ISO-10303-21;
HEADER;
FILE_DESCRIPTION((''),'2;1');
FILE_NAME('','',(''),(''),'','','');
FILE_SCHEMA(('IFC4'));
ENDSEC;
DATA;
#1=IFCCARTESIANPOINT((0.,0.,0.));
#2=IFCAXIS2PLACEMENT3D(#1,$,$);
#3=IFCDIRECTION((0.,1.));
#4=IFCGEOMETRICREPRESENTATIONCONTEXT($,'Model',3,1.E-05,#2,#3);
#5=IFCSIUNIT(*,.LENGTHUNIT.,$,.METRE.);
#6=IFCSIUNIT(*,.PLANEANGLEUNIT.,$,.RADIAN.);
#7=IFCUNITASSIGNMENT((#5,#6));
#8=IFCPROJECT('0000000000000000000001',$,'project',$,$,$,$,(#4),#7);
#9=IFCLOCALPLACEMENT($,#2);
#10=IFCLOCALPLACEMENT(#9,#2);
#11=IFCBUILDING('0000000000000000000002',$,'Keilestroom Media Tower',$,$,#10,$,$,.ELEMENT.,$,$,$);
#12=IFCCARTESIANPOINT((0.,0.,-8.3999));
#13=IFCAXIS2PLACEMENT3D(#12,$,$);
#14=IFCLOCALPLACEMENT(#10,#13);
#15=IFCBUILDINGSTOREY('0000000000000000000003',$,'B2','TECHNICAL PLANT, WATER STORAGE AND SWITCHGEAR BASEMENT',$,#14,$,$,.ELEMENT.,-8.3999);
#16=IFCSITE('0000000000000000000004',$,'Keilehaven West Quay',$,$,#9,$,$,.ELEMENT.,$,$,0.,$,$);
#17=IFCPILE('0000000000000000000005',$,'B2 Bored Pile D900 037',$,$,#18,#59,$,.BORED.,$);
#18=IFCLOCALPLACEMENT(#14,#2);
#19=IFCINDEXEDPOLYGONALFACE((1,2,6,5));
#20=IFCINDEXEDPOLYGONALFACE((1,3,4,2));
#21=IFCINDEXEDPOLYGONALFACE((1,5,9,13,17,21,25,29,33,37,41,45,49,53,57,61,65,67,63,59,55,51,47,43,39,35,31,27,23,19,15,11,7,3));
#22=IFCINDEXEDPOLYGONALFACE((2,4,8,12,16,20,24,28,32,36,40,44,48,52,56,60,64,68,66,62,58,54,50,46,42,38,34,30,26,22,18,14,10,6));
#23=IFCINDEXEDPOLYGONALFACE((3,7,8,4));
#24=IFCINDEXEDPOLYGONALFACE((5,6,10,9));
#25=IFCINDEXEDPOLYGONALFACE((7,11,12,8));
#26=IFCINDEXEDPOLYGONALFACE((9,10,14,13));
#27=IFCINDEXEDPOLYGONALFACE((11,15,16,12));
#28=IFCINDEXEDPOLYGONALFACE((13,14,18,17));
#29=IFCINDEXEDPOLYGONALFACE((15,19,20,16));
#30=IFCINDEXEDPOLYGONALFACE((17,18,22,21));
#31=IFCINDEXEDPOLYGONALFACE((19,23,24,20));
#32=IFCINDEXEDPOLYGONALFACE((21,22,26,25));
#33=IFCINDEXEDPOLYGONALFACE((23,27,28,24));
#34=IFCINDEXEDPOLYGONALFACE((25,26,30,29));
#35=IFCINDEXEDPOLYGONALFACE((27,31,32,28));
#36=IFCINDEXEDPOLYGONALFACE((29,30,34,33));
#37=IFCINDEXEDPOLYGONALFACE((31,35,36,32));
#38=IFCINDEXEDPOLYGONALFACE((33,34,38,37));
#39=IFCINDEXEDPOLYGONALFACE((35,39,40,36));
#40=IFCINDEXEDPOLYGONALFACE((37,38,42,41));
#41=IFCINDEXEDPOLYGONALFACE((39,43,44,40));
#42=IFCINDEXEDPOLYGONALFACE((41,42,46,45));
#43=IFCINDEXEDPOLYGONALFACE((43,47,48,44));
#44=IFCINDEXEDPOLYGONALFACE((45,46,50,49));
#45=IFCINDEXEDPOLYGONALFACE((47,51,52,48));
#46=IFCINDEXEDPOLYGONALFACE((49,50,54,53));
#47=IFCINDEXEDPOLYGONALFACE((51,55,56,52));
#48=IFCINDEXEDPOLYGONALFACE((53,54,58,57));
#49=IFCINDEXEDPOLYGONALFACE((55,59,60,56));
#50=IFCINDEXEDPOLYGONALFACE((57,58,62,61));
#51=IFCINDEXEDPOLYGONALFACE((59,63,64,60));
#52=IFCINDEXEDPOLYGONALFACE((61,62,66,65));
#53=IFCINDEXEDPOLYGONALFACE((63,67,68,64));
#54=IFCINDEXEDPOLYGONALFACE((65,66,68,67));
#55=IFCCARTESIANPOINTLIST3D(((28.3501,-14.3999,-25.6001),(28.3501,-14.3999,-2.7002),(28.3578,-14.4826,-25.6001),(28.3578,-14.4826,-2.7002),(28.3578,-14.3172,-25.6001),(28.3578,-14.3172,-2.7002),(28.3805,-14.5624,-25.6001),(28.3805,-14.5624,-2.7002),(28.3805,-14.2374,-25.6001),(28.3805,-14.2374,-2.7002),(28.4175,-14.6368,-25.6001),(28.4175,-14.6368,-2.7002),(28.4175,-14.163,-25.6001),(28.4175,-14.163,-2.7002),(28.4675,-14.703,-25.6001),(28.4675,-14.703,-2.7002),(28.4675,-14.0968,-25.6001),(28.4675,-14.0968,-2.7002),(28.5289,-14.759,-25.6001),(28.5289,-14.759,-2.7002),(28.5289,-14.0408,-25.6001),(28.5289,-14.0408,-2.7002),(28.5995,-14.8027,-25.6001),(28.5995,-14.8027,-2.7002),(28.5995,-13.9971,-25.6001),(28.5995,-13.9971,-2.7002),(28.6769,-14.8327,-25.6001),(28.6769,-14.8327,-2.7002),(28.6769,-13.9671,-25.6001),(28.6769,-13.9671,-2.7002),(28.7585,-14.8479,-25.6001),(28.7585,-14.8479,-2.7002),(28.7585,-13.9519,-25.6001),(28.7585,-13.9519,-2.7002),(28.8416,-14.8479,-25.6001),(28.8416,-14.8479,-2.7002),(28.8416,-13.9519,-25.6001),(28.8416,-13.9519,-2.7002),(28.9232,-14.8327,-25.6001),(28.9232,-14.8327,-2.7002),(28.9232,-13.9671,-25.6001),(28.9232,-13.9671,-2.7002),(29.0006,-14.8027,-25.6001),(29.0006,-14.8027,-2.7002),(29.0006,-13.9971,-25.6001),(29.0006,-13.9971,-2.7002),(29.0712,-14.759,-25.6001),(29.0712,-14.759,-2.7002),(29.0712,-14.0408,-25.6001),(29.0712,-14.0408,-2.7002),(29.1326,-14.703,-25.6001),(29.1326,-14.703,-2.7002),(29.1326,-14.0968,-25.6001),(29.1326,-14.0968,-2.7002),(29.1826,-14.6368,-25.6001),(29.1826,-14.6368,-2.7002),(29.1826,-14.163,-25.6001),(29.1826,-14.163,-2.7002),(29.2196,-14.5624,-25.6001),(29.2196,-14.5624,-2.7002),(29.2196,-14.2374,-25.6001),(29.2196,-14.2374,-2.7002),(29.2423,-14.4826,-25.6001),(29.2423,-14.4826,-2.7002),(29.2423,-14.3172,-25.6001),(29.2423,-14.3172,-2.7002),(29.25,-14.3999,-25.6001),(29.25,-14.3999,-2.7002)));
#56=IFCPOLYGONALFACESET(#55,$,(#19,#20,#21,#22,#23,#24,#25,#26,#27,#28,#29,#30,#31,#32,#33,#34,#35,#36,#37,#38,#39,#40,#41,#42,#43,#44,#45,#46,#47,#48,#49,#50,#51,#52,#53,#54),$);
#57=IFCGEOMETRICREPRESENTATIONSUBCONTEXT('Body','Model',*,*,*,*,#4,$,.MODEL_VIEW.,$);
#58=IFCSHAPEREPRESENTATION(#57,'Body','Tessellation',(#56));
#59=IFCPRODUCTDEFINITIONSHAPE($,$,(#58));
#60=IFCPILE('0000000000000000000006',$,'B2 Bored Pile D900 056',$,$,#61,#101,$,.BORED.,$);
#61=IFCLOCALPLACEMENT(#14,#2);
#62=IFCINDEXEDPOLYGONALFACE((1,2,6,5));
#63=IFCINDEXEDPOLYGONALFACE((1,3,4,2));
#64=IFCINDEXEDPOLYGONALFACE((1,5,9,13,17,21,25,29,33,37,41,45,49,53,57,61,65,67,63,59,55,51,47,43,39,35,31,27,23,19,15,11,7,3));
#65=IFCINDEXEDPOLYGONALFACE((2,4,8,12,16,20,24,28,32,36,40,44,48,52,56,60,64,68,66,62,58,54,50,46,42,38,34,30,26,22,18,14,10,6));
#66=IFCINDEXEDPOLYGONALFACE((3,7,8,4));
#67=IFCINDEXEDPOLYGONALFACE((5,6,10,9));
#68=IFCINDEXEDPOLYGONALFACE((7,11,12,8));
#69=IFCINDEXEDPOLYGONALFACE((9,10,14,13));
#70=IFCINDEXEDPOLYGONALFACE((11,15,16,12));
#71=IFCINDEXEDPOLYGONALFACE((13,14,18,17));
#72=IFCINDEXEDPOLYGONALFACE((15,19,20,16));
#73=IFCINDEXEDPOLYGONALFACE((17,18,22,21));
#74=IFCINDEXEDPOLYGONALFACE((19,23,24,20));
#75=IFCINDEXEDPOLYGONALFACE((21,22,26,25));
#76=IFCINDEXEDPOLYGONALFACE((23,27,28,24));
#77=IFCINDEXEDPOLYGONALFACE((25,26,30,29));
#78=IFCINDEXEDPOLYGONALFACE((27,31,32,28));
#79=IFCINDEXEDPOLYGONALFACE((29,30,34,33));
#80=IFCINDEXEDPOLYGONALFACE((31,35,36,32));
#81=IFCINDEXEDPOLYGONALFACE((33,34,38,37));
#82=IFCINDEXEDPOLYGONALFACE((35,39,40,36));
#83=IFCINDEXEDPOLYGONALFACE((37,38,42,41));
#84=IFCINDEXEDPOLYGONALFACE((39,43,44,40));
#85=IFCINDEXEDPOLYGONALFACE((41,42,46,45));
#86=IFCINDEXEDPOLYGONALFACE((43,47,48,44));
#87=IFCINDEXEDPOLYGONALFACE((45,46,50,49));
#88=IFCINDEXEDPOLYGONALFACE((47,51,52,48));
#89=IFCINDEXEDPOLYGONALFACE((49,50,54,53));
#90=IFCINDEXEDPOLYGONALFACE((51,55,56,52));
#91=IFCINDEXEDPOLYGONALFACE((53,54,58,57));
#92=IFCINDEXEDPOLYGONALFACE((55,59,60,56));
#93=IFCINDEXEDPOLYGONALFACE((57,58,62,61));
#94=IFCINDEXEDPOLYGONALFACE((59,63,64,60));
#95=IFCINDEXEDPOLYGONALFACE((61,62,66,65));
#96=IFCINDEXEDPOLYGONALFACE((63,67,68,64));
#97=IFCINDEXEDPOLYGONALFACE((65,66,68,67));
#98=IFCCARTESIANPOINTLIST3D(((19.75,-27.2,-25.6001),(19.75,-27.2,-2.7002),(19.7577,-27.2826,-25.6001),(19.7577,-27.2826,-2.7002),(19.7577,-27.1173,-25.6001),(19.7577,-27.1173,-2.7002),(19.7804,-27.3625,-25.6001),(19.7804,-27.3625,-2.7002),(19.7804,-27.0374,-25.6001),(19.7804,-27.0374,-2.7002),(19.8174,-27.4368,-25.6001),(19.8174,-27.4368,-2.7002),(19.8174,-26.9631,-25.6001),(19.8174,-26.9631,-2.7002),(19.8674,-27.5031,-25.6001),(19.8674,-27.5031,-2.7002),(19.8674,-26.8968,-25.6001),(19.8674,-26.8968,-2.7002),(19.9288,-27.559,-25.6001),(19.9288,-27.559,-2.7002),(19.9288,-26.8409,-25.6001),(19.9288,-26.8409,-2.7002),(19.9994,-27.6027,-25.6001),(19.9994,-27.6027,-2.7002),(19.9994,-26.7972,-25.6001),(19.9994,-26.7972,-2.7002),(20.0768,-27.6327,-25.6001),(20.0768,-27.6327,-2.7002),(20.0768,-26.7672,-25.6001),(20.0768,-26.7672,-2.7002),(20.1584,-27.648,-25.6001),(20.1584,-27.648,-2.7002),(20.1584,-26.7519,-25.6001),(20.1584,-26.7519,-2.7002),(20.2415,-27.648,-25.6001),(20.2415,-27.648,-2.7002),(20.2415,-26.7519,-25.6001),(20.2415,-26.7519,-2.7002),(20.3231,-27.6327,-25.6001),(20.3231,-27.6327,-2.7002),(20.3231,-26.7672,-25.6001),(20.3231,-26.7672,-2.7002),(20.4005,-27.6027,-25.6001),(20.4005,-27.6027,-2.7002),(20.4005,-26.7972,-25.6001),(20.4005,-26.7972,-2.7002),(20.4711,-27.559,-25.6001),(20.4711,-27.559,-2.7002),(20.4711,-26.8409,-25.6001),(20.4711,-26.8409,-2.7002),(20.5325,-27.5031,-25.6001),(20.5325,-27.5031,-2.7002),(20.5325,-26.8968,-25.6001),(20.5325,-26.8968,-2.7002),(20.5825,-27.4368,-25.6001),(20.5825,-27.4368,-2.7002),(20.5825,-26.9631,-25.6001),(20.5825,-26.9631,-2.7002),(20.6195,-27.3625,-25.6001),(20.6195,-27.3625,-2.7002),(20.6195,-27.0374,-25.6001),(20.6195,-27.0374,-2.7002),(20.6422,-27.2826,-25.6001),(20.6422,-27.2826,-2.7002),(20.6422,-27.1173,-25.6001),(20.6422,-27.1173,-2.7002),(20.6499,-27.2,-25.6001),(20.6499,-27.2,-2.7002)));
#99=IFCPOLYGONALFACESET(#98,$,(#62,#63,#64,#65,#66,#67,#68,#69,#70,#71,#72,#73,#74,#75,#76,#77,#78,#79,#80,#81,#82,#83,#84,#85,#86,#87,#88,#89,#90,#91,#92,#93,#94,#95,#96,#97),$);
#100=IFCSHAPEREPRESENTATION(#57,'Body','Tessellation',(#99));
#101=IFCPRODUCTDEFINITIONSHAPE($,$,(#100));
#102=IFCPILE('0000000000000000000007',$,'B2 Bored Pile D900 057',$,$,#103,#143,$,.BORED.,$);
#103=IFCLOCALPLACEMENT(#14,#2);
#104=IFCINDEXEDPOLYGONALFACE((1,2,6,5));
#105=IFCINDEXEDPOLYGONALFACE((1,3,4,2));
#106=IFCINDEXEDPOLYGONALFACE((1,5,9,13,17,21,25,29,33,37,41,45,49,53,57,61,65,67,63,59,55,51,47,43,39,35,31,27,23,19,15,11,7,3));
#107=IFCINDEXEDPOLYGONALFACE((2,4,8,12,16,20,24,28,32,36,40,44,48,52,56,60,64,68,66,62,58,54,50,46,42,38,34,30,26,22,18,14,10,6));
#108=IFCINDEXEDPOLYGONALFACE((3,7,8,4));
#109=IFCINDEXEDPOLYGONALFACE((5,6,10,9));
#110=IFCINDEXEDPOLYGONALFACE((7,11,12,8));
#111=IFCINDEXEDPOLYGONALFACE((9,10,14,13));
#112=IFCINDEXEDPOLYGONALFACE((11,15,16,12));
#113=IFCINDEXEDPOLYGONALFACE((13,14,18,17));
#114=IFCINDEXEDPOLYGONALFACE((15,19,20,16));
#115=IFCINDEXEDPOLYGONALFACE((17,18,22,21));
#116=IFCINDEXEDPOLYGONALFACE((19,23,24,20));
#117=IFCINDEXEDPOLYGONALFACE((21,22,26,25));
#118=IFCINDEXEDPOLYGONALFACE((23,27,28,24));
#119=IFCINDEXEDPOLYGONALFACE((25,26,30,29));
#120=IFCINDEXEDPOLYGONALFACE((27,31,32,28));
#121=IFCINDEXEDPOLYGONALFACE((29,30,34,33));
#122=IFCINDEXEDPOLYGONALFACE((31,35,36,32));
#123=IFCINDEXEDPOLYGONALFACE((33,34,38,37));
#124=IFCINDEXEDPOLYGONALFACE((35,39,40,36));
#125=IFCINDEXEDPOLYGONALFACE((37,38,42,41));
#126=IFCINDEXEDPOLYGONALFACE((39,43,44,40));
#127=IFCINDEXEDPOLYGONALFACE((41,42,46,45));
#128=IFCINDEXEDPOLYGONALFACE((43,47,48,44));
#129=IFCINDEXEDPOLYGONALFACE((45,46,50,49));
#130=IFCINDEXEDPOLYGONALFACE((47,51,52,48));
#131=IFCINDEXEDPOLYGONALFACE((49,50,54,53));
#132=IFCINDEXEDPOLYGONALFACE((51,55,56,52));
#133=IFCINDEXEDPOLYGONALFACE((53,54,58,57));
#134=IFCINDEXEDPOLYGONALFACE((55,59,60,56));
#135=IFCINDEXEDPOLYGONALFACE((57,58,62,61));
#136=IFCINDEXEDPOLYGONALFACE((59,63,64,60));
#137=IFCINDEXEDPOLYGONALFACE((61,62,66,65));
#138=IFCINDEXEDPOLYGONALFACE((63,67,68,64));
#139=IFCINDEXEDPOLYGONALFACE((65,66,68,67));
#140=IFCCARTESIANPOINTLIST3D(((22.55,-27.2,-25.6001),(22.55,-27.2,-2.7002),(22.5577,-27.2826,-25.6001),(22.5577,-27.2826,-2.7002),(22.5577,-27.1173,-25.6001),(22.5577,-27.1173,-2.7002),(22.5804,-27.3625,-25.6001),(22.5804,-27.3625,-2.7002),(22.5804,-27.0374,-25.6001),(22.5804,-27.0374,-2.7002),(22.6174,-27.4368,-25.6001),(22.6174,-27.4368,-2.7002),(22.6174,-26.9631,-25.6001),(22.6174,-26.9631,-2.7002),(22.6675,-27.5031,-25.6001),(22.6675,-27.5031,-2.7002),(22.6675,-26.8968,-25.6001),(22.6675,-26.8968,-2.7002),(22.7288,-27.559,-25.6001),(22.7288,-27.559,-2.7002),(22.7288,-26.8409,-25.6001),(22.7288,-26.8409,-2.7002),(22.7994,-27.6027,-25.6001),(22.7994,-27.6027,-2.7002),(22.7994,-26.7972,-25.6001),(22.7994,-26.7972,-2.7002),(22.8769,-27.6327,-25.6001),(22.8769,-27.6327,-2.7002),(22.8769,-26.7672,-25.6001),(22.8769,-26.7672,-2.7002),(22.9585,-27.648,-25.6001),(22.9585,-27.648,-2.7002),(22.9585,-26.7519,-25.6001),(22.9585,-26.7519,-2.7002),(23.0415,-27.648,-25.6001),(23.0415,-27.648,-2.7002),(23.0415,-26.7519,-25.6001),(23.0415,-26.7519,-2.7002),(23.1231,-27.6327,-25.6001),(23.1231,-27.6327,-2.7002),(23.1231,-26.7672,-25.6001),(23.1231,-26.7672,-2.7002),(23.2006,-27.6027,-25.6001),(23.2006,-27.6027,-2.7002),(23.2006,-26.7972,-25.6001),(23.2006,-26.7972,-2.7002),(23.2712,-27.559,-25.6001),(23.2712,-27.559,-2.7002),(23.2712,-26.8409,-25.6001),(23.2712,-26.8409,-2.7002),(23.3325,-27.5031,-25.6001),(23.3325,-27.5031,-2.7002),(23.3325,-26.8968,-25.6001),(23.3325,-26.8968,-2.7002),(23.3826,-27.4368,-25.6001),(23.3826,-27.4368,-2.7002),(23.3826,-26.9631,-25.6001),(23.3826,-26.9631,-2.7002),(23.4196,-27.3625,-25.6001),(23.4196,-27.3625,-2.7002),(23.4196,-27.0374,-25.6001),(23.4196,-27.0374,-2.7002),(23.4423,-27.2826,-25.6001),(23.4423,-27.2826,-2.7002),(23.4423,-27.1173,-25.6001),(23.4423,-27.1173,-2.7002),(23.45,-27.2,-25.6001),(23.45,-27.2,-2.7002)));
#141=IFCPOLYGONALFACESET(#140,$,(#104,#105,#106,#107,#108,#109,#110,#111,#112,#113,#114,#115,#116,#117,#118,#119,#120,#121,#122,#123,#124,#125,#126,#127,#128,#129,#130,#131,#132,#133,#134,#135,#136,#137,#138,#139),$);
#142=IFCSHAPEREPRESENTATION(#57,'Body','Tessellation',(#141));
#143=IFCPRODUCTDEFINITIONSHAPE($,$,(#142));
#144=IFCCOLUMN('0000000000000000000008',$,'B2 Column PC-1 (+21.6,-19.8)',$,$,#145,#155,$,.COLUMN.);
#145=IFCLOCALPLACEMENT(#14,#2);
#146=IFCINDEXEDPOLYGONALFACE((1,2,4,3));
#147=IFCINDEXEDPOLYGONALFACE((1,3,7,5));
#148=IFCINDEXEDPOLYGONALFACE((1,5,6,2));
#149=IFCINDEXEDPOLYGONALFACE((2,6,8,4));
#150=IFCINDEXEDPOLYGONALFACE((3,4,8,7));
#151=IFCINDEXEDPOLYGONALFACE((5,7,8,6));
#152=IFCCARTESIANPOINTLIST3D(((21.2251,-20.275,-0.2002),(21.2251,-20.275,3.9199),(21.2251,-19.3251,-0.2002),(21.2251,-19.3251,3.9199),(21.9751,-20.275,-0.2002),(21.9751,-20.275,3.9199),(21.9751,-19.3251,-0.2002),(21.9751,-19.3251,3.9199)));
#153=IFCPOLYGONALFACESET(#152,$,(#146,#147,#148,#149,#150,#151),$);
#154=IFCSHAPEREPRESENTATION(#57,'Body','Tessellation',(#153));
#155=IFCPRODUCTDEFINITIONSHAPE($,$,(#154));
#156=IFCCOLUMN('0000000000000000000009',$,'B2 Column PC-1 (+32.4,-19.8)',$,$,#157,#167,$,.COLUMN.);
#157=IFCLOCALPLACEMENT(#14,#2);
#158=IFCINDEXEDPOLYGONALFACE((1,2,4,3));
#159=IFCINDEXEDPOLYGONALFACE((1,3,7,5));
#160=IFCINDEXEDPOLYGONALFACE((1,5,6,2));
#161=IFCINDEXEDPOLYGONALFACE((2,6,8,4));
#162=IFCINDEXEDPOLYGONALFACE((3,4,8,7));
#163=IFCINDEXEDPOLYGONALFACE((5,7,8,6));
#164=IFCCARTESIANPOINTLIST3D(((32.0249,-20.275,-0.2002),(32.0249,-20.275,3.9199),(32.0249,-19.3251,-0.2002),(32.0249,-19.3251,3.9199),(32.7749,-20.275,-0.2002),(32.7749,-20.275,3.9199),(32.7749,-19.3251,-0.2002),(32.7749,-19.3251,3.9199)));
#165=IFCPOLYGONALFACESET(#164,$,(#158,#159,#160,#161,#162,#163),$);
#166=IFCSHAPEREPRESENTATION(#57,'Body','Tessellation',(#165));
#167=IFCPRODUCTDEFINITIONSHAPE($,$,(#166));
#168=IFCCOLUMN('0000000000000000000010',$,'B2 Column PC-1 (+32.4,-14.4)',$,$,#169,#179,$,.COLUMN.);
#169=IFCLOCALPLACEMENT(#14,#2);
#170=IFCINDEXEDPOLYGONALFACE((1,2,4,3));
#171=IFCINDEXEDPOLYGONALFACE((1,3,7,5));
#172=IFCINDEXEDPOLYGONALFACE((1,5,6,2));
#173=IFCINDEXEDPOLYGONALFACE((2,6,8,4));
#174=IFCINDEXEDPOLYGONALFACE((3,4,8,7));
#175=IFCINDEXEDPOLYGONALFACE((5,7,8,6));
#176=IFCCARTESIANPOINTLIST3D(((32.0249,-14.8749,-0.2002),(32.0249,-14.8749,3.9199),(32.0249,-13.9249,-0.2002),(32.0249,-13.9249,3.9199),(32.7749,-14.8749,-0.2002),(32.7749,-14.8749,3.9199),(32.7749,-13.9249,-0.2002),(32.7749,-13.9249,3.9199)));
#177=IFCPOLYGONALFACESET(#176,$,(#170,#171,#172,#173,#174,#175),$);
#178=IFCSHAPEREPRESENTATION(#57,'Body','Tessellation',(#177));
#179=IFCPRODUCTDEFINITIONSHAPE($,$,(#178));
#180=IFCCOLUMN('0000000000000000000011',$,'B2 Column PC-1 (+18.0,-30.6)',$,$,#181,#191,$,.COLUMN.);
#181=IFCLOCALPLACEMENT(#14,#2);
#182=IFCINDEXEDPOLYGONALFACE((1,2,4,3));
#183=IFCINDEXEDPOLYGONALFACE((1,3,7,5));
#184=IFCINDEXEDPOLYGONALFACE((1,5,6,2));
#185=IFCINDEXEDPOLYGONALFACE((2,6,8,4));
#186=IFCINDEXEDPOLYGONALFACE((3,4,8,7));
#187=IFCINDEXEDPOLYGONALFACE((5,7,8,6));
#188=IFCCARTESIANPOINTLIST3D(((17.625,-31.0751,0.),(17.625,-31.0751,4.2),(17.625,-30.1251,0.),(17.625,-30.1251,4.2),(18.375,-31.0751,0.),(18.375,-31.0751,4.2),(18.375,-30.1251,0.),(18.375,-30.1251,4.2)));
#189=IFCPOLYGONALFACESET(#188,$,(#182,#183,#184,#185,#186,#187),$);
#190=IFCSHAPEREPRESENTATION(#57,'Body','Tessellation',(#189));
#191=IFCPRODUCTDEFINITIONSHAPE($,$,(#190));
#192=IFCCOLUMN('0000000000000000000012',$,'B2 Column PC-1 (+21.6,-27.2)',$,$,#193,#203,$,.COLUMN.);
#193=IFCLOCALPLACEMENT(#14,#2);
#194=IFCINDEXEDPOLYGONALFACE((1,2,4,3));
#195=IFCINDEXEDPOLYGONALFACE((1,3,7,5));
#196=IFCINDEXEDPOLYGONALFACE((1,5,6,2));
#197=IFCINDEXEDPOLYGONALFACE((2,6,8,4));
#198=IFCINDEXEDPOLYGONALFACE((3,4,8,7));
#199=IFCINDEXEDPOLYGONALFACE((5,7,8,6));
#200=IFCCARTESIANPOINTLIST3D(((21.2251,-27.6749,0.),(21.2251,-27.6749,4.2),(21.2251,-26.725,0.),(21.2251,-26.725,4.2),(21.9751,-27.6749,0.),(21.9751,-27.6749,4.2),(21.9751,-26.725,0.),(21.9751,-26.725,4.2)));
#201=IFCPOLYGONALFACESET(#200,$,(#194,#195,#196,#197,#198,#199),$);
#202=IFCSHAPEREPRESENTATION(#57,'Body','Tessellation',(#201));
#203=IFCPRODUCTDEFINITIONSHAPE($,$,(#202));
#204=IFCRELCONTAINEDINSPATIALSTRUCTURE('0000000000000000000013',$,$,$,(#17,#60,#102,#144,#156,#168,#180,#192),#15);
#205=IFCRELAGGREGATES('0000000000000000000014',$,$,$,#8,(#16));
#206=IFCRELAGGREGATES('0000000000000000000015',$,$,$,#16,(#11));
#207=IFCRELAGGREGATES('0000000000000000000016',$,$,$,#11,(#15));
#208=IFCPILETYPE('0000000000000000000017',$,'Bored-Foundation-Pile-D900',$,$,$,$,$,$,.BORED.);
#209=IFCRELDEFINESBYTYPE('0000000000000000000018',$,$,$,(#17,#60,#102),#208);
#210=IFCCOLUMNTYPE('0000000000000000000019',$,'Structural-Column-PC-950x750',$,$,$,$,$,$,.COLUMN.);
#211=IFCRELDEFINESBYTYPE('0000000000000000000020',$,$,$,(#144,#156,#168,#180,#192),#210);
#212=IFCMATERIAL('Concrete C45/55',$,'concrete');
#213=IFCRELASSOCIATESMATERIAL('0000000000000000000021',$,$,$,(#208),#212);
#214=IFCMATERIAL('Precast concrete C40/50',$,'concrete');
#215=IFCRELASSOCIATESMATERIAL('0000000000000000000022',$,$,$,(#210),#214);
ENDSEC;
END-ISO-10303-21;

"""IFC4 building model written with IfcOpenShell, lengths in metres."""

from ifc_helpers import new_model, si_unit, direction, frame, origin, origin_2d, place, context, subcontext, project, spatial, rectangle, circle, extrude, source, transform, mapped, material, material_profile, profile_set, type_object, element, save


model = new_model("IFC4")

# Units and contexts
model_context = context("Model", 3, precision=1e-05, world=origin(), true_north=direction((0.0, 1.0)))
body_context = subcontext(model_context, "Body", "Model", "MODEL_VIEW")
ifc_project = project(units=[si_unit("LENGTHUNIT", "METRE"), si_unit("PLANEANGLEUNIT", "RADIAN")], contexts=[model_context])

# Site, building, storey
site_placement = place(None, origin())
site = spatial("IfcSite", under=ifc_project, at=site_placement, Name="Keilehaven West Quay", CompositionType="ELEMENT", RefElevation=0.0)
building_placement = place(site_placement, origin())
building = spatial("IfcBuilding", under=site, at=building_placement, Name="Keilestroom Media Tower", CompositionType="ELEMENT")
storey_placement = place(building_placement, frame((0.0, 0.0, -8.3999)))
storey = spatial("IfcBuildingStorey", under=building, at=storey_placement, Name="B2", Description="TECHNICAL PLANT, WATER STORAGE AND SWITCHGEAR BASEMENT", CompositionType="ELEMENT", Elevation=-8.3999)

# Piles
ifc_material_1 = material(Name="Concrete C45/55", Category="concrete")
ifc_material_profile_1 = material_profile(ifc_material_1, circle(Radius=0.45, at=origin_2d()), Name="BORED PILE D900")
ifc_profile_set_1 = profile_set([ifc_material_profile_1], Name="Concrete C45/55")
pile_type = type_object("IfcPileType", Name="Bored-Foundation-Pile-D900", PredefinedType="BORED", material=ifc_profile_set_1)
shared_shape_1 = source(origin(), body_context, "Body", "SweptSolid", [
    extrude(circle(Radius=0.45, at=origin_2d()), origin(), (0.0, 0.0, 1.0), 22.8999),
])
for number, where, z_axis, x_axis, name in (
    (1, (28.8, -14.3999, -2.7002), (0.0, 0.0, -1.0), (1.0, 0.0, 0.0), "B2 Bored Pile D900 037"),
    (2, (20.2, -27.2, -2.7002), (0.0, 0.0, -1.0), (1.0, 0.0, 0.0), "B2 Bored Pile D900 056"),
    (3, (23.0, -27.2, -2.7002), (0.0, 0.0, -1.0), (1.0, 0.0, 0.0), "B2 Bored Pile D900 057"),
):
    element("IfcPile", number, at=place(storey_placement, frame(where, z_axis=z_axis, x_axis=x_axis)), inside=storey, type_object=pile_type, Name=name, PredefinedType="BORED", context=body_context, shape_type="MappedRepresentation", body=[
        mapped(shared_shape_1, transform((0.0, 0.0, 0.0), x_axis=(1.0, 0.0, 0.0), y_axis=(0.0, 1.0, 0.0), z_axis=(0.0, 0.0, 1.0), scale=1.0)),
    ])

# Columns
ifc_material_2 = material(Name="Precast concrete C40/50", Category="concrete")
ifc_material_profile_2 = material_profile(ifc_material_2, rectangle(XDim=0.75, YDim=0.95, at=origin_2d()), Name="PC 950x750")
ifc_profile_set_2 = profile_set([ifc_material_profile_2], Name="Precast concrete C40/50")
column_type = type_object("IfcColumnType", Name="Structural-Column-PC-950x750", PredefinedType="COLUMN", material=ifc_profile_set_2)
shared_shape_2 = source(origin(), body_context, "Body", "SweptSolid", [
    extrude(rectangle(XDim=0.75, YDim=0.95, at=origin_2d()), origin(), (0.0, 0.0, 1.0), 4.1201),
])
for number, where, z_axis, x_axis, name in (
    (4, (21.6001, -19.8, -0.2002), (0.0, 0.0, 1.0), (1.0, 0.0, 0.0), "B2 Column PC-1 (+21.6,-19.8)"),
    (5, (32.3999, -19.8, -0.2002), (0.0, 0.0, 1.0), (1.0, 0.0, 0.0), "B2 Column PC-1 (+32.4,-19.8)"),
    (6, (32.3999, -14.3999, -0.2002), (0.0, 0.0, 1.0), (1.0, 0.0, 0.0), "B2 Column PC-1 (+32.4,-14.4)"),
):
    element("IfcColumn", number, at=place(storey_placement, frame(where, z_axis=z_axis, x_axis=x_axis)), inside=storey, type_object=column_type, Name=name, PredefinedType="COLUMN", context=body_context, shape_type="MappedRepresentation", body=[
        mapped(shared_shape_2, transform((0.0, 0.0, 0.0), x_axis=(1.0, 0.0, 0.0), y_axis=(0.0, 1.0, 0.0), z_axis=(0.0, 0.0, 1.0), scale=1.0)),
    ])
shared_shape_3 = source(origin(), body_context, "Body", "SweptSolid", [
    extrude(rectangle(XDim=0.75, YDim=0.95, at=origin_2d()), origin(), (0.0, 0.0, 1.0), 4.2),
])
for number, where, z_axis, x_axis, name in (
    (7, (18.0, -30.6001, 0.0), (0.0, 0.0, 1.0), (1.0, 0.0, 0.0), "B2 Column PC-1 (+18.0,-30.6)"),
    (8, (21.6001, -27.2, 0.0), (0.0, 0.0, 1.0), (1.0, 0.0, 0.0), "B2 Column PC-1 (+21.6,-27.2)"),
):
    element("IfcColumn", number, at=place(storey_placement, frame(where, z_axis=z_axis, x_axis=x_axis)), inside=storey, type_object=column_type, Name=name, PredefinedType="COLUMN", context=body_context, shape_type="MappedRepresentation", body=[
        mapped(shared_shape_3, transform((0.0, 0.0, 0.0), x_axis=(1.0, 0.0, 0.0), y_axis=(0.0, 1.0, 0.0), z_axis=(0.0, 0.0, 1.0), scale=1.0)),
    ])

save(model, "model.ifc")
